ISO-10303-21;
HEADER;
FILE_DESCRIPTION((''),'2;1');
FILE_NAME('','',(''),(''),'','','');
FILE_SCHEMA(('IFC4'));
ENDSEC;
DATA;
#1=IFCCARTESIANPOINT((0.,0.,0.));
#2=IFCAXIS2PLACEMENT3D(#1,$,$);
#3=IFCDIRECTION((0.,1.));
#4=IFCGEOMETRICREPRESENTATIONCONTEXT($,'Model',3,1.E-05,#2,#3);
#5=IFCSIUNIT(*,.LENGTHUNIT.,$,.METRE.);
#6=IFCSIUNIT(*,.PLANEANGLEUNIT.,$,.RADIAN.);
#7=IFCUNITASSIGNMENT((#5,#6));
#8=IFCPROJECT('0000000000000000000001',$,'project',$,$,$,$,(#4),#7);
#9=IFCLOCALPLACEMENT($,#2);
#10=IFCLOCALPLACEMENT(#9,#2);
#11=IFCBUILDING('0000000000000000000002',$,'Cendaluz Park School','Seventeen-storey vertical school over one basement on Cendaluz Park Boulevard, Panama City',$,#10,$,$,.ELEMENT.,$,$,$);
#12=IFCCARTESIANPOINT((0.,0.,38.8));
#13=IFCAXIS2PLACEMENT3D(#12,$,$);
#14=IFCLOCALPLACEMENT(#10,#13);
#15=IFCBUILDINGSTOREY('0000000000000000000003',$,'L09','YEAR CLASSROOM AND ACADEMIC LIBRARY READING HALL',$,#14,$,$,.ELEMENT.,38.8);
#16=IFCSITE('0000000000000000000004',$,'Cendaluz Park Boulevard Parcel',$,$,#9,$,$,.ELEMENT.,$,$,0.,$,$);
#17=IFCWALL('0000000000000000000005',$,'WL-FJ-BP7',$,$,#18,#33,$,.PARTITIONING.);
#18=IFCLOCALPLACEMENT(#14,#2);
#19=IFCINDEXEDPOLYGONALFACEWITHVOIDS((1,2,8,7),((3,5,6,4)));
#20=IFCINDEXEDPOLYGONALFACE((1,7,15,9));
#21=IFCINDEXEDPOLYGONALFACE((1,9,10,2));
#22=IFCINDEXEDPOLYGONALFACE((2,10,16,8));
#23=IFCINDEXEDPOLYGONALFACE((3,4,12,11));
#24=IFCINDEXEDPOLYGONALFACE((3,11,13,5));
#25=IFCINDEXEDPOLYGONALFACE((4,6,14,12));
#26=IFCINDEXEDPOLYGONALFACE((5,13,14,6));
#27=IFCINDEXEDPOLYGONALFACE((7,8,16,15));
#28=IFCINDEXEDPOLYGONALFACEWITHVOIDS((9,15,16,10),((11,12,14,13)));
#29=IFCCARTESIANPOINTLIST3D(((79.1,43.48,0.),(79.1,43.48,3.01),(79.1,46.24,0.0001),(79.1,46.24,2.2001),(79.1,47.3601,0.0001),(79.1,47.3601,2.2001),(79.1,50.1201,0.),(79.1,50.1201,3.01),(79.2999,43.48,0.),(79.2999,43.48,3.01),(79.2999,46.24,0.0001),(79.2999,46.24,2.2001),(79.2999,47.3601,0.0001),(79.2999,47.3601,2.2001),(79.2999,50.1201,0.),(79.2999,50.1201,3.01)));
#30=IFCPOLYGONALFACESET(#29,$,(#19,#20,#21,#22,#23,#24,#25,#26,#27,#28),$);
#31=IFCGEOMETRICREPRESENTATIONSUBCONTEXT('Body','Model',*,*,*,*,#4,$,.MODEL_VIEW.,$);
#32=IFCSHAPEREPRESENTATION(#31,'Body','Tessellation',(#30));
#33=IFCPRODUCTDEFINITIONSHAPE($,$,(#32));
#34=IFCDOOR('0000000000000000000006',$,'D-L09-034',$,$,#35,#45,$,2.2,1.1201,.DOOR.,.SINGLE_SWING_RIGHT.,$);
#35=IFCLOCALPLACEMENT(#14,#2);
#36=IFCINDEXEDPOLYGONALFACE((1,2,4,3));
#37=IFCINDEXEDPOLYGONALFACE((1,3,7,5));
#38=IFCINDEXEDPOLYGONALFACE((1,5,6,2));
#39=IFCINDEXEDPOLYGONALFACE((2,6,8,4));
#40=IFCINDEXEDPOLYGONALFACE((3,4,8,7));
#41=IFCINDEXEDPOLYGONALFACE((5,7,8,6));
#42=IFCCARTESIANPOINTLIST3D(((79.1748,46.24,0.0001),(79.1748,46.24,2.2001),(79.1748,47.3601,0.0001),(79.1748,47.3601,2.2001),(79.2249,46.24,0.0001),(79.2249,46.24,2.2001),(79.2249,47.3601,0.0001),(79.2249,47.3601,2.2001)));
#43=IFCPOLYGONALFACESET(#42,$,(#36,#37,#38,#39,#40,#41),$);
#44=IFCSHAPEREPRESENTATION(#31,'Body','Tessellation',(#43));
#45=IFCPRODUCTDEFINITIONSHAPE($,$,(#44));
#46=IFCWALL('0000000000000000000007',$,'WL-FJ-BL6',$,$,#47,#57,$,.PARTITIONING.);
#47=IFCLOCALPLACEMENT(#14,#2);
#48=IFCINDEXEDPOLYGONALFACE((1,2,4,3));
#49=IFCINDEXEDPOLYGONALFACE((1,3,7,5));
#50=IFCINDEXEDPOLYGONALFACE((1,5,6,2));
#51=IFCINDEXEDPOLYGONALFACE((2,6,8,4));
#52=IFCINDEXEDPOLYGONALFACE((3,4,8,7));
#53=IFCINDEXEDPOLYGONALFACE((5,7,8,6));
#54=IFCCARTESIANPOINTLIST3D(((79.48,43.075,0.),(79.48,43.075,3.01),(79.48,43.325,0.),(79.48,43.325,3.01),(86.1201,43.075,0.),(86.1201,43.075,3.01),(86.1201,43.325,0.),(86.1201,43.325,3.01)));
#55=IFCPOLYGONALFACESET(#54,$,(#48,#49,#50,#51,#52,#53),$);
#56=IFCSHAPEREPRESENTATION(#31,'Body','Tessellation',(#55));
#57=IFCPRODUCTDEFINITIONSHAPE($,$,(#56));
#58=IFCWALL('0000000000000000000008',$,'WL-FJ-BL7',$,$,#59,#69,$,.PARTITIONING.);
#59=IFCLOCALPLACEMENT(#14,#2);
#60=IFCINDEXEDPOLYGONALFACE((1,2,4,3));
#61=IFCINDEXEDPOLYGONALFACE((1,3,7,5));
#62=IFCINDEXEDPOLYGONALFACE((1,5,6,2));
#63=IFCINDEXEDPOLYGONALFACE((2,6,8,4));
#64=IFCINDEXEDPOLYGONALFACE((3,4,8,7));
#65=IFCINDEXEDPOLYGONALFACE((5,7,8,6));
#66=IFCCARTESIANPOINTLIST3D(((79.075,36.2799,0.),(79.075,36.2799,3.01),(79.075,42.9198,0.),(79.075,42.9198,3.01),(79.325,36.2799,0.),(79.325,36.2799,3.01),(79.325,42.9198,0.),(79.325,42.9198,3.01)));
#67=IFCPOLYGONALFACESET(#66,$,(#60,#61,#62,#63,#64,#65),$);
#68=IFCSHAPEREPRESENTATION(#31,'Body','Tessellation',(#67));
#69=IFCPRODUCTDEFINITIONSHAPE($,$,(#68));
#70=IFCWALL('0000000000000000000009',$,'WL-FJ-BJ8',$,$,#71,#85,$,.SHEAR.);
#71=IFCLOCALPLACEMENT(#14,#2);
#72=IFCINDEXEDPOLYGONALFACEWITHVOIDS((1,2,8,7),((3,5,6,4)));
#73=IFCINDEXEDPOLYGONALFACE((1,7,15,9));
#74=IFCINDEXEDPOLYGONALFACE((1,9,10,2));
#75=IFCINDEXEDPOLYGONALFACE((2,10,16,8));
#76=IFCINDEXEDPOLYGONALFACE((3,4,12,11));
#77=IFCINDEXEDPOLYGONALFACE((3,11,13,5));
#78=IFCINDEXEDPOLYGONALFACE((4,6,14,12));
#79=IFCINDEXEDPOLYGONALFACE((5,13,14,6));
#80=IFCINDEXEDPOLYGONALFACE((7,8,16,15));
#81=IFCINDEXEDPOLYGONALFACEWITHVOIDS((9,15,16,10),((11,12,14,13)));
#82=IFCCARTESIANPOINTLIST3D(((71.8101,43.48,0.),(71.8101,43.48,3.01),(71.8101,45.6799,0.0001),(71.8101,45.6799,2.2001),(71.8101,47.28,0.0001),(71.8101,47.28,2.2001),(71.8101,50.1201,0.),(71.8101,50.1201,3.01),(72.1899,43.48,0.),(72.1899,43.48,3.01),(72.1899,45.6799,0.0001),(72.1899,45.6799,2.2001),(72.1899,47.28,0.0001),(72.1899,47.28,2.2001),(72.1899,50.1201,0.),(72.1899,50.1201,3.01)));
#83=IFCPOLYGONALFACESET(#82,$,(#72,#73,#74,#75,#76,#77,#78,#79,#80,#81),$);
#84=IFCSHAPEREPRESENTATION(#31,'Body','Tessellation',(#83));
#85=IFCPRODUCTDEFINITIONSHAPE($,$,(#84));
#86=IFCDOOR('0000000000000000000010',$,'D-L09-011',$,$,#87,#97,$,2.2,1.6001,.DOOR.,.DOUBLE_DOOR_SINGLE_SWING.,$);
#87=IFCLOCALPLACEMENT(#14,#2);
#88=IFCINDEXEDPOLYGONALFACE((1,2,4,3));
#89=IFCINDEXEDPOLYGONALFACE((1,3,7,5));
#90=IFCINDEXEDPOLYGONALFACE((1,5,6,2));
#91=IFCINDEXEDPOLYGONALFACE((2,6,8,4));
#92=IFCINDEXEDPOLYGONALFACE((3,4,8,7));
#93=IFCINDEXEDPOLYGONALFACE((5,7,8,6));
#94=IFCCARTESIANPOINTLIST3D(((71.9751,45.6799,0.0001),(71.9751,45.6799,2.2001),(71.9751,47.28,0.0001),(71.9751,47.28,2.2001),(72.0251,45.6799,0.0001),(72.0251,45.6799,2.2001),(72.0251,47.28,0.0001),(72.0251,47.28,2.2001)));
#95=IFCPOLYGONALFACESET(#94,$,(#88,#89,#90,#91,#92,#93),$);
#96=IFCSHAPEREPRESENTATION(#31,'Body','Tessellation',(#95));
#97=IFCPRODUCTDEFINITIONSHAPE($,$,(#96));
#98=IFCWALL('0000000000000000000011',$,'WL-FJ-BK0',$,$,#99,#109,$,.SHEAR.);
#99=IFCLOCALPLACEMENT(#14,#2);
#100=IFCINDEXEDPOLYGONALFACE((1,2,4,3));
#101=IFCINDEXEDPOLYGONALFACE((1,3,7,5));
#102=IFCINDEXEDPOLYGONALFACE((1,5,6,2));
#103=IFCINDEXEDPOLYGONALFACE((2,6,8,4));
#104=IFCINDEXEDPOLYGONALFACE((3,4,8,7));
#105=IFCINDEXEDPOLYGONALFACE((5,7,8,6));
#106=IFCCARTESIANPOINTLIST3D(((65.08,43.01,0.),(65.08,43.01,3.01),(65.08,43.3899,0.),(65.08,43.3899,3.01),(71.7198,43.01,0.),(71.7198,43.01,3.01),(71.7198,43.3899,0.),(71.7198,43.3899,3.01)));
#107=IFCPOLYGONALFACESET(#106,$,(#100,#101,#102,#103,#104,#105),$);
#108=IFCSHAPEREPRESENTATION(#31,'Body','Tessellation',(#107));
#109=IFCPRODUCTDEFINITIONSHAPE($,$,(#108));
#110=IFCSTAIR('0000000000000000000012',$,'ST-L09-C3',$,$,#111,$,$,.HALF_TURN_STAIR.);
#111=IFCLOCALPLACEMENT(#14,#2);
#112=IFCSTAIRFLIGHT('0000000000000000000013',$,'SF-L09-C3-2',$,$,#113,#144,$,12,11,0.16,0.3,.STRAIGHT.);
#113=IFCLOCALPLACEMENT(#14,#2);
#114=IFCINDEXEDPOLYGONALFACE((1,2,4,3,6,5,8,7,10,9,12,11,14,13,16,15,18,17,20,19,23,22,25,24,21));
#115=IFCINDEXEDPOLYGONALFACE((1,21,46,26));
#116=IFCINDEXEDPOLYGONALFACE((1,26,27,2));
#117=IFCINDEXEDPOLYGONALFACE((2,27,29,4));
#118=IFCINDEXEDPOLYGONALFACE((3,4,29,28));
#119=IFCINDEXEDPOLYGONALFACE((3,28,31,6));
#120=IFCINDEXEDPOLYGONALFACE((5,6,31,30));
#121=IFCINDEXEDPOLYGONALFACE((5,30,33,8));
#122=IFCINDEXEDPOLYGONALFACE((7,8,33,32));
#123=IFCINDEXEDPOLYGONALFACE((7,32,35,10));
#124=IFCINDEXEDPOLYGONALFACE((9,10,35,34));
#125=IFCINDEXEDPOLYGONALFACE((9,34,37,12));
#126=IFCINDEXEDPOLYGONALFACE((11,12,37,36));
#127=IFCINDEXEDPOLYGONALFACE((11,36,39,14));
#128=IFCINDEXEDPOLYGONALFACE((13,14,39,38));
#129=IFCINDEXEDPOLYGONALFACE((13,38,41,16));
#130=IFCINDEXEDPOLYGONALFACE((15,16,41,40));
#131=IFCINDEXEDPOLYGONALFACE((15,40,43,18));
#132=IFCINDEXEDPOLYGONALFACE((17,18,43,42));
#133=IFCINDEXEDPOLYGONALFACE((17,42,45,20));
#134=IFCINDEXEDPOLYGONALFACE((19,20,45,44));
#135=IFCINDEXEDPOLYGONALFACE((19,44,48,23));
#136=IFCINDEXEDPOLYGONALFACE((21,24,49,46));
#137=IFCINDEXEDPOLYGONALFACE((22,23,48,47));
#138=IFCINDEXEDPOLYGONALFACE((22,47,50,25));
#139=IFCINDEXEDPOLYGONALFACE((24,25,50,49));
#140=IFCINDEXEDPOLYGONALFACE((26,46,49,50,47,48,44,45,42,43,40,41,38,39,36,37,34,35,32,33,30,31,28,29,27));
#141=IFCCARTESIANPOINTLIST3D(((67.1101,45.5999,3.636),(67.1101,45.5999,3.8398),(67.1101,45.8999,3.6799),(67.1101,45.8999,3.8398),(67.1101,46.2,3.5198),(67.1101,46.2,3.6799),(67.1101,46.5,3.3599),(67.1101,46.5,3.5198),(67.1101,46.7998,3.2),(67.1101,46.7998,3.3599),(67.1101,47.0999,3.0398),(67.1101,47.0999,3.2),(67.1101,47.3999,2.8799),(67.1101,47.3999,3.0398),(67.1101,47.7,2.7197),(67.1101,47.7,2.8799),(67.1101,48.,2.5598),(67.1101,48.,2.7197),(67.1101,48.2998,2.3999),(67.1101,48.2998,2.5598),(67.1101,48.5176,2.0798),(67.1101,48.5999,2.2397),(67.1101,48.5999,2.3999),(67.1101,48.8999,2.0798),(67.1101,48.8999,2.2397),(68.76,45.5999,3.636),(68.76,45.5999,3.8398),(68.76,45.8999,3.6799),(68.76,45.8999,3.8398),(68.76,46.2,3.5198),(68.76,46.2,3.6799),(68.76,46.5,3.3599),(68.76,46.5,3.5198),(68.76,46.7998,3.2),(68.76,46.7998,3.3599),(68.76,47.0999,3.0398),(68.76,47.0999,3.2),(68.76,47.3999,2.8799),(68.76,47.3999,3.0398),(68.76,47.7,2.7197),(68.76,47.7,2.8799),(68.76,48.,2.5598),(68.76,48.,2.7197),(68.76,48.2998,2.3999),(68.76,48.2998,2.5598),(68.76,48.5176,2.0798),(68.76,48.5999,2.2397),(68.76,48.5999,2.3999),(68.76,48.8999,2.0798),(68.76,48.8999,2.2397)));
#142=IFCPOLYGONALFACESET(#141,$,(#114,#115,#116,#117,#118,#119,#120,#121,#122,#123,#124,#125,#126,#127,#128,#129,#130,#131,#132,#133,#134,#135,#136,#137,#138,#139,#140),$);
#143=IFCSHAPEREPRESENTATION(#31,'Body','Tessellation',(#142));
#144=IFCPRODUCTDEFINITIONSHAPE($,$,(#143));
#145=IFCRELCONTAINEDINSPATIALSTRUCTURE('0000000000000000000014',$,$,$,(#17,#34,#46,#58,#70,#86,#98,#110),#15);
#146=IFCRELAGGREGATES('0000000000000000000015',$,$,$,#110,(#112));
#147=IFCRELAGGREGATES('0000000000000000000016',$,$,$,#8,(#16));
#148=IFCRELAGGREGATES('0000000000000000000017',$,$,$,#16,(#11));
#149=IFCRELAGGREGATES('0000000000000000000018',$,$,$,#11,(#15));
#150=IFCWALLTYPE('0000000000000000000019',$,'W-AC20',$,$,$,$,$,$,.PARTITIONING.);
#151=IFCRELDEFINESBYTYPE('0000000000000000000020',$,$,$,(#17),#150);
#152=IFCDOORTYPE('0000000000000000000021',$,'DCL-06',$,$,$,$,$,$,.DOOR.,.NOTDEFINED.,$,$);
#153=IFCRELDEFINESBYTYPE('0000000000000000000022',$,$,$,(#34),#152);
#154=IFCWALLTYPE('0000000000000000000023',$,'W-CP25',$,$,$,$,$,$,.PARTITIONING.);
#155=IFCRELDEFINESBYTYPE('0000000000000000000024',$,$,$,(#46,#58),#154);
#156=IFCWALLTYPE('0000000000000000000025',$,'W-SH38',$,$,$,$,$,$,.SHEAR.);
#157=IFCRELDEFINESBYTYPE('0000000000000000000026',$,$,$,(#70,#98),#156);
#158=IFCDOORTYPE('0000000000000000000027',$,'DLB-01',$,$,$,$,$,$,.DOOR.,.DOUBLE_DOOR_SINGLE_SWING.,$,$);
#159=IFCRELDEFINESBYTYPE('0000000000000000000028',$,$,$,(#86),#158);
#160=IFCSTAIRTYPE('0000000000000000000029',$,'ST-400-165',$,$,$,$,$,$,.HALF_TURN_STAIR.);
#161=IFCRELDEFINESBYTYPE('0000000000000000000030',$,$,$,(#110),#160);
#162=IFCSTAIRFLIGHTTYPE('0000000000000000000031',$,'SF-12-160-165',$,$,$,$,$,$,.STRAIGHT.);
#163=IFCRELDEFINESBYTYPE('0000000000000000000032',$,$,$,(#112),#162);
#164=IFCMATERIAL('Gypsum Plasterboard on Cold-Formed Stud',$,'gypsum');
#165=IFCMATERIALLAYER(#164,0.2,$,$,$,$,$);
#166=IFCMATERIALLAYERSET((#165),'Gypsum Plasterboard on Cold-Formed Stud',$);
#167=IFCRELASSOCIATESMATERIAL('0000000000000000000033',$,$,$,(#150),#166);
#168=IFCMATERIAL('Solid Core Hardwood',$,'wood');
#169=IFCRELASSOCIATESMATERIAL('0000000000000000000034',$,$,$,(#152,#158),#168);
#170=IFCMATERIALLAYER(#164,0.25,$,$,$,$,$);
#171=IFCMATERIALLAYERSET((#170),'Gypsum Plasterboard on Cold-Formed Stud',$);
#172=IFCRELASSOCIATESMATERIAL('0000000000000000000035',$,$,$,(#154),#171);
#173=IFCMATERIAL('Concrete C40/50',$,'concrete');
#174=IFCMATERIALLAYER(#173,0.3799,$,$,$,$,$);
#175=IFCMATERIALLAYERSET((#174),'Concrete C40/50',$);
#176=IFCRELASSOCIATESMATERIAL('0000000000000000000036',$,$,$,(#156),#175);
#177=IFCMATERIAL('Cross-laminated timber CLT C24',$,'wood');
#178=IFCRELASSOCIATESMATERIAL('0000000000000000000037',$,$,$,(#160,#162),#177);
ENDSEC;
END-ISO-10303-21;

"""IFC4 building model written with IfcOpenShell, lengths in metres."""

from ifc_helpers import new_model, si_unit, direction, frame, frame_2d, origin, place, context, subcontext, project, spatial, polyline, rectangle, outline, extrude, material, layer, layer_set, type_object, element, fill, aggregate, save


model = new_model("IFC4")

# Units and contexts
model_context = context("Model", 3, precision=1e-05, world=origin(), true_north=direction((0.0, 1.0)))
body_context = subcontext(model_context, "Body", "Model", "MODEL_VIEW")
ifc_project = project(units=[si_unit("LENGTHUNIT", "METRE"), si_unit("PLANEANGLEUNIT", "RADIAN")], contexts=[model_context])

# Site, building, storey
site_placement = place(None, origin())
site = spatial("IfcSite", under=ifc_project, at=site_placement, Name="Cendaluz Park Boulevard Parcel", CompositionType="ELEMENT", RefElevation=0.0)
building_placement = place(site_placement, origin())
building = spatial("IfcBuilding", under=site, at=building_placement, Name="Cendaluz Park School", Description="Seventeen-storey vertical school over one basement on Cendaluz Park Boulevard, Panama City", CompositionType="ELEMENT")
storey_placement = place(building_placement, frame((0.0, 0.0, 38.8)))
storey = spatial("IfcBuildingStorey", under=building, at=storey_placement, Name="L09", Description="YEAR CLASSROOM AND ACADEMIC LIBRARY READING HALL", CompositionType="ELEMENT", Elevation=38.8)

# Wall, opening, door
ifc_material_1 = material(Name="Gypsum Plasterboard on Cold-Formed Stud", Category="gypsum")
ifc_layer_1 = layer(ifc_material_1, 0.2)
ifc_layer_set_1 = layer_set([ifc_layer_1], Name="Gypsum Plasterboard on Cold-Formed Stud")
wall_type_1 = type_object("IfcWallType", Name="W-AC20", PredefinedType="PARTITIONING", material=ifc_layer_set_1)
ifc_material_2 = material(Name="Solid Core Hardwood", Category="wood")
wall_1_placement = place(storey_placement, frame((79.2, 43.48, 0.0), z_axis=(0.0, 0.0, 1.0), x_axis=(0.0, 1.0, 0.0)))
wall_1 = element("IfcWall", 1, at=wall_1_placement, inside=storey, type_object=wall_type_1, Name="WL-FJ-BP7", PredefinedType="PARTITIONING", context=body_context, shape_type="SweptSolid", body=[
    extrude(rectangle(XDim=6.6401, YDim=0.2, at=frame_2d((3.3201, 0.0))), origin(), (0.0, 0.0, 1.0), 3.01),
])
opening_1_placement = place(wall_1_placement, frame((2.76, 0.0, 0.0)))
opening_1 = element("IfcOpeningElement", 2, at=opening_1_placement, cuts=wall_1, PredefinedType="OPENING", context=body_context, shape_type="SweptSolid", body=[
    extrude(rectangle(XDim=1.1201, YDim=2.2, at=frame_2d((0.5601, 1.1001))), frame((0.0, 0.1121, 0.0), z_axis=(0.0, -1.0, 0.0), x_axis=(1.0, 0.0, 0.0)), (0.0, 0.0, 1.0), 0.2239),
])
door_type_1 = type_object("IfcDoorType", Name="DCL-06", OperationType="NOTDEFINED", PredefinedType="DOOR", material=ifc_material_2)
door_1_placement = place(opening_1_placement, frame((1.1201, 0.0, 0.0), z_axis=(0.0, 0.0, 1.0), x_axis=(-1.0, 0.0, 0.0)))
door_1 = element("IfcDoor", 3, at=door_1_placement, inside=storey, type_object=door_type_1, Name="D-L09-034", OperationType="SINGLE_SWING_RIGHT", OverallHeight=2.2, OverallWidth=1.1201, PredefinedType="DOOR", context=body_context, shape_type="SweptSolid", body=[
    extrude(rectangle(XDim=1.1201, YDim=2.2, at=frame_2d((0.5601, 1.1001))), frame((0.0, 0.0249, 0.0), z_axis=(0.0, -1.0, 0.0), x_axis=(1.0, 0.0, 0.0)), (0.0, 0.0, 1.0), 0.05),
])
fill(opening_1, door_1)

# Walls
ifc_layer_2 = layer(ifc_material_1, 0.25)
ifc_layer_set_2 = layer_set([ifc_layer_2], Name="Gypsum Plasterboard on Cold-Formed Stud")
wall_type_2 = type_object("IfcWallType", Name="W-CP25", PredefinedType="PARTITIONING", material=ifc_layer_set_2)
wall_2_placement = place(storey_placement, frame((79.48, 43.2, 0.0), z_axis=(0.0, 0.0, 1.0), x_axis=(1.0, 0.0, 0.0)))
element("IfcWall", 4, at=wall_2_placement, inside=storey, type_object=wall_type_2, Name="WL-FJ-BL6", PredefinedType="PARTITIONING", context=body_context, shape_type="SweptSolid", body=[
    extrude(rectangle(XDim=6.6401, YDim=0.25, at=frame_2d((3.3201, 0.0))), origin(), (0.0, 0.0, 1.0), 3.01),
])
wall_3_placement = place(storey_placement, frame((79.2, 36.28, 0.0), z_axis=(0.0, 0.0, 1.0), x_axis=(0.0, 1.0, 0.0)))
element("IfcWall", 5, at=wall_3_placement, inside=storey, type_object=wall_type_2, Name="WL-FJ-BL7", PredefinedType="PARTITIONING", context=body_context, shape_type="SweptSolid", body=[
    extrude(rectangle(XDim=6.6399, YDim=0.25, at=frame_2d((3.3198, 0.0))), origin(), (0.0, 0.0, 1.0), 3.01),
])

# Shared definitions
ifc_material_3 = material(Name="Concrete C40/50", Category="concrete")

# Wall, opening, door
ifc_layer_3 = layer(ifc_material_3, 0.3799)
ifc_layer_set_3 = layer_set([ifc_layer_3], Name="Concrete C40/50")
wall_type_3 = type_object("IfcWallType", Name="W-SH38", PredefinedType="SHEAR", material=ifc_layer_set_3)
wall_4_placement = place(storey_placement, frame((72.0, 43.48, 0.0), z_axis=(0.0, 0.0, 1.0), x_axis=(0.0, 1.0, 0.0)))
wall_4 = element("IfcWall", 6, at=wall_4_placement, inside=storey, type_object=wall_type_3, Name="WL-FJ-BJ8", PredefinedType="SHEAR", context=body_context, shape_type="SweptSolid", body=[
    extrude(rectangle(XDim=6.6401, YDim=0.3799, at=frame_2d((3.3201, 0.0))), origin(), (0.0, 0.0, 1.0), 3.01),
])
opening_2_placement = place(wall_4_placement, frame((2.2, 0.0, 0.0)))
opening_2 = element("IfcOpeningElement", 7, at=opening_2_placement, cuts=wall_4, PredefinedType="OPENING", context=body_context, shape_type="SweptSolid", body=[
    extrude(rectangle(XDim=1.6001, YDim=2.2, at=frame_2d((0.8, 1.1001))), frame((0.0, 0.2019, 0.0), z_axis=(0.0, -1.0, 0.0), x_axis=(1.0, 0.0, 0.0)), (0.0, 0.0, 1.0), 0.4038),
])
door_type_2 = type_object("IfcDoorType", Name="DLB-01", OperationType="DOUBLE_DOOR_SINGLE_SWING", PredefinedType="DOOR", material=ifc_material_2)
door_2_placement = place(opening_2_placement, origin())
door_2 = element("IfcDoor", 8, at=door_2_placement, inside=storey, type_object=door_type_2, Name="D-L09-011", OperationType="DOUBLE_DOOR_SINGLE_SWING", OverallHeight=2.2, OverallWidth=1.6001, PredefinedType="DOOR", context=body_context, shape_type="SweptSolid", body=[
    extrude(rectangle(XDim=1.6001, YDim=2.2, at=frame_2d((0.8, 1.1001))), frame((0.0, 0.0249, 0.0), z_axis=(0.0, -1.0, 0.0), x_axis=(1.0, 0.0, 0.0)), (0.0, 0.0, 1.0), 0.05),
])
fill(opening_2, door_2)

# Wall
wall_5_placement = place(storey_placement, frame((65.0801, 43.2, 0.0), z_axis=(0.0, 0.0, 1.0), x_axis=(1.0, 0.0, 0.0)))
element("IfcWall", 9, at=wall_5_placement, inside=storey, type_object=wall_type_3, Name="WL-FJ-BK0", PredefinedType="SHEAR", context=body_context, shape_type="SweptSolid", body=[
    extrude(rectangle(XDim=6.6399, YDim=0.3799, at=frame_2d((3.3198, 0.0))), origin(), (0.0, 0.0, 1.0), 3.01),
])

# Stair, stair flight
ifc_material_4 = material(Name="Cross-laminated timber CLT C24", Category="wood")
stair_type = type_object("IfcStairType", Name="ST-400-165", PredefinedType="HALF_TURN_STAIR", material=ifc_material_4)
stair_placement = place(storey_placement, origin())
stair = element("IfcStair", 10, at=stair_placement, inside=storey, type_object=stair_type, Name="ST-L09-C3", PredefinedType="HALF_TURN_STAIR")
stair_flight_type_1 = type_object("IfcStairFlightType", Name="SF-12-160-165", PredefinedType="STRAIGHT", material=ifc_material_4)
stair_flight_1_placement = place(storey_placement, frame((67.9351, 48.8999, 2.0798), z_axis=(0.0, 0.0, 1.0), x_axis=(0.0, -1.0, 0.0)))
stair_flight_1 = element("IfcStairFlight", 11, at=stair_flight_1_placement, type_object=stair_flight_type_1, Name="SF-L09-C3-2", NumberOfRisers=12, NumberOfTreads=11, PredefinedType="STRAIGHT", RiserHeight=0.16, TreadLength=0.3, context=body_context, shape_type="SweptSolid", body=[
    extrude(outline(polyline([(0.0, 0.0), (0.0, 0.1599), (0.3, 0.1599), (0.3, 0.3201), (0.6001, 0.3201), (0.6001, 0.48), (0.8999, 0.48), (0.8999, 0.6399), (1.2, 0.6399), (1.2, 0.8), (1.5, 0.8), (1.5, 0.96), (1.8, 0.96), (1.8, 1.1201), (2.1001, 1.1201), (2.1001, 1.28), (2.3999, 1.28), (2.3999, 1.4399), (2.7, 1.4399), (2.7, 1.6001), (3.0, 1.6001), (3.0, 1.76), (3.3, 1.76), (3.3, 1.9199), (3.3, 1.5562), (0.3823, 0.0), (0.0, 0.0)])), frame((0.0, 0.825, 0.0), z_axis=(0.0, -1.0, 0.0), x_axis=(1.0, 0.0, 0.0)), (0.0, 0.0, 1.0), 1.6499),
])
aggregate(stair, [stair_flight_1])

save(model, "model.ifc")
